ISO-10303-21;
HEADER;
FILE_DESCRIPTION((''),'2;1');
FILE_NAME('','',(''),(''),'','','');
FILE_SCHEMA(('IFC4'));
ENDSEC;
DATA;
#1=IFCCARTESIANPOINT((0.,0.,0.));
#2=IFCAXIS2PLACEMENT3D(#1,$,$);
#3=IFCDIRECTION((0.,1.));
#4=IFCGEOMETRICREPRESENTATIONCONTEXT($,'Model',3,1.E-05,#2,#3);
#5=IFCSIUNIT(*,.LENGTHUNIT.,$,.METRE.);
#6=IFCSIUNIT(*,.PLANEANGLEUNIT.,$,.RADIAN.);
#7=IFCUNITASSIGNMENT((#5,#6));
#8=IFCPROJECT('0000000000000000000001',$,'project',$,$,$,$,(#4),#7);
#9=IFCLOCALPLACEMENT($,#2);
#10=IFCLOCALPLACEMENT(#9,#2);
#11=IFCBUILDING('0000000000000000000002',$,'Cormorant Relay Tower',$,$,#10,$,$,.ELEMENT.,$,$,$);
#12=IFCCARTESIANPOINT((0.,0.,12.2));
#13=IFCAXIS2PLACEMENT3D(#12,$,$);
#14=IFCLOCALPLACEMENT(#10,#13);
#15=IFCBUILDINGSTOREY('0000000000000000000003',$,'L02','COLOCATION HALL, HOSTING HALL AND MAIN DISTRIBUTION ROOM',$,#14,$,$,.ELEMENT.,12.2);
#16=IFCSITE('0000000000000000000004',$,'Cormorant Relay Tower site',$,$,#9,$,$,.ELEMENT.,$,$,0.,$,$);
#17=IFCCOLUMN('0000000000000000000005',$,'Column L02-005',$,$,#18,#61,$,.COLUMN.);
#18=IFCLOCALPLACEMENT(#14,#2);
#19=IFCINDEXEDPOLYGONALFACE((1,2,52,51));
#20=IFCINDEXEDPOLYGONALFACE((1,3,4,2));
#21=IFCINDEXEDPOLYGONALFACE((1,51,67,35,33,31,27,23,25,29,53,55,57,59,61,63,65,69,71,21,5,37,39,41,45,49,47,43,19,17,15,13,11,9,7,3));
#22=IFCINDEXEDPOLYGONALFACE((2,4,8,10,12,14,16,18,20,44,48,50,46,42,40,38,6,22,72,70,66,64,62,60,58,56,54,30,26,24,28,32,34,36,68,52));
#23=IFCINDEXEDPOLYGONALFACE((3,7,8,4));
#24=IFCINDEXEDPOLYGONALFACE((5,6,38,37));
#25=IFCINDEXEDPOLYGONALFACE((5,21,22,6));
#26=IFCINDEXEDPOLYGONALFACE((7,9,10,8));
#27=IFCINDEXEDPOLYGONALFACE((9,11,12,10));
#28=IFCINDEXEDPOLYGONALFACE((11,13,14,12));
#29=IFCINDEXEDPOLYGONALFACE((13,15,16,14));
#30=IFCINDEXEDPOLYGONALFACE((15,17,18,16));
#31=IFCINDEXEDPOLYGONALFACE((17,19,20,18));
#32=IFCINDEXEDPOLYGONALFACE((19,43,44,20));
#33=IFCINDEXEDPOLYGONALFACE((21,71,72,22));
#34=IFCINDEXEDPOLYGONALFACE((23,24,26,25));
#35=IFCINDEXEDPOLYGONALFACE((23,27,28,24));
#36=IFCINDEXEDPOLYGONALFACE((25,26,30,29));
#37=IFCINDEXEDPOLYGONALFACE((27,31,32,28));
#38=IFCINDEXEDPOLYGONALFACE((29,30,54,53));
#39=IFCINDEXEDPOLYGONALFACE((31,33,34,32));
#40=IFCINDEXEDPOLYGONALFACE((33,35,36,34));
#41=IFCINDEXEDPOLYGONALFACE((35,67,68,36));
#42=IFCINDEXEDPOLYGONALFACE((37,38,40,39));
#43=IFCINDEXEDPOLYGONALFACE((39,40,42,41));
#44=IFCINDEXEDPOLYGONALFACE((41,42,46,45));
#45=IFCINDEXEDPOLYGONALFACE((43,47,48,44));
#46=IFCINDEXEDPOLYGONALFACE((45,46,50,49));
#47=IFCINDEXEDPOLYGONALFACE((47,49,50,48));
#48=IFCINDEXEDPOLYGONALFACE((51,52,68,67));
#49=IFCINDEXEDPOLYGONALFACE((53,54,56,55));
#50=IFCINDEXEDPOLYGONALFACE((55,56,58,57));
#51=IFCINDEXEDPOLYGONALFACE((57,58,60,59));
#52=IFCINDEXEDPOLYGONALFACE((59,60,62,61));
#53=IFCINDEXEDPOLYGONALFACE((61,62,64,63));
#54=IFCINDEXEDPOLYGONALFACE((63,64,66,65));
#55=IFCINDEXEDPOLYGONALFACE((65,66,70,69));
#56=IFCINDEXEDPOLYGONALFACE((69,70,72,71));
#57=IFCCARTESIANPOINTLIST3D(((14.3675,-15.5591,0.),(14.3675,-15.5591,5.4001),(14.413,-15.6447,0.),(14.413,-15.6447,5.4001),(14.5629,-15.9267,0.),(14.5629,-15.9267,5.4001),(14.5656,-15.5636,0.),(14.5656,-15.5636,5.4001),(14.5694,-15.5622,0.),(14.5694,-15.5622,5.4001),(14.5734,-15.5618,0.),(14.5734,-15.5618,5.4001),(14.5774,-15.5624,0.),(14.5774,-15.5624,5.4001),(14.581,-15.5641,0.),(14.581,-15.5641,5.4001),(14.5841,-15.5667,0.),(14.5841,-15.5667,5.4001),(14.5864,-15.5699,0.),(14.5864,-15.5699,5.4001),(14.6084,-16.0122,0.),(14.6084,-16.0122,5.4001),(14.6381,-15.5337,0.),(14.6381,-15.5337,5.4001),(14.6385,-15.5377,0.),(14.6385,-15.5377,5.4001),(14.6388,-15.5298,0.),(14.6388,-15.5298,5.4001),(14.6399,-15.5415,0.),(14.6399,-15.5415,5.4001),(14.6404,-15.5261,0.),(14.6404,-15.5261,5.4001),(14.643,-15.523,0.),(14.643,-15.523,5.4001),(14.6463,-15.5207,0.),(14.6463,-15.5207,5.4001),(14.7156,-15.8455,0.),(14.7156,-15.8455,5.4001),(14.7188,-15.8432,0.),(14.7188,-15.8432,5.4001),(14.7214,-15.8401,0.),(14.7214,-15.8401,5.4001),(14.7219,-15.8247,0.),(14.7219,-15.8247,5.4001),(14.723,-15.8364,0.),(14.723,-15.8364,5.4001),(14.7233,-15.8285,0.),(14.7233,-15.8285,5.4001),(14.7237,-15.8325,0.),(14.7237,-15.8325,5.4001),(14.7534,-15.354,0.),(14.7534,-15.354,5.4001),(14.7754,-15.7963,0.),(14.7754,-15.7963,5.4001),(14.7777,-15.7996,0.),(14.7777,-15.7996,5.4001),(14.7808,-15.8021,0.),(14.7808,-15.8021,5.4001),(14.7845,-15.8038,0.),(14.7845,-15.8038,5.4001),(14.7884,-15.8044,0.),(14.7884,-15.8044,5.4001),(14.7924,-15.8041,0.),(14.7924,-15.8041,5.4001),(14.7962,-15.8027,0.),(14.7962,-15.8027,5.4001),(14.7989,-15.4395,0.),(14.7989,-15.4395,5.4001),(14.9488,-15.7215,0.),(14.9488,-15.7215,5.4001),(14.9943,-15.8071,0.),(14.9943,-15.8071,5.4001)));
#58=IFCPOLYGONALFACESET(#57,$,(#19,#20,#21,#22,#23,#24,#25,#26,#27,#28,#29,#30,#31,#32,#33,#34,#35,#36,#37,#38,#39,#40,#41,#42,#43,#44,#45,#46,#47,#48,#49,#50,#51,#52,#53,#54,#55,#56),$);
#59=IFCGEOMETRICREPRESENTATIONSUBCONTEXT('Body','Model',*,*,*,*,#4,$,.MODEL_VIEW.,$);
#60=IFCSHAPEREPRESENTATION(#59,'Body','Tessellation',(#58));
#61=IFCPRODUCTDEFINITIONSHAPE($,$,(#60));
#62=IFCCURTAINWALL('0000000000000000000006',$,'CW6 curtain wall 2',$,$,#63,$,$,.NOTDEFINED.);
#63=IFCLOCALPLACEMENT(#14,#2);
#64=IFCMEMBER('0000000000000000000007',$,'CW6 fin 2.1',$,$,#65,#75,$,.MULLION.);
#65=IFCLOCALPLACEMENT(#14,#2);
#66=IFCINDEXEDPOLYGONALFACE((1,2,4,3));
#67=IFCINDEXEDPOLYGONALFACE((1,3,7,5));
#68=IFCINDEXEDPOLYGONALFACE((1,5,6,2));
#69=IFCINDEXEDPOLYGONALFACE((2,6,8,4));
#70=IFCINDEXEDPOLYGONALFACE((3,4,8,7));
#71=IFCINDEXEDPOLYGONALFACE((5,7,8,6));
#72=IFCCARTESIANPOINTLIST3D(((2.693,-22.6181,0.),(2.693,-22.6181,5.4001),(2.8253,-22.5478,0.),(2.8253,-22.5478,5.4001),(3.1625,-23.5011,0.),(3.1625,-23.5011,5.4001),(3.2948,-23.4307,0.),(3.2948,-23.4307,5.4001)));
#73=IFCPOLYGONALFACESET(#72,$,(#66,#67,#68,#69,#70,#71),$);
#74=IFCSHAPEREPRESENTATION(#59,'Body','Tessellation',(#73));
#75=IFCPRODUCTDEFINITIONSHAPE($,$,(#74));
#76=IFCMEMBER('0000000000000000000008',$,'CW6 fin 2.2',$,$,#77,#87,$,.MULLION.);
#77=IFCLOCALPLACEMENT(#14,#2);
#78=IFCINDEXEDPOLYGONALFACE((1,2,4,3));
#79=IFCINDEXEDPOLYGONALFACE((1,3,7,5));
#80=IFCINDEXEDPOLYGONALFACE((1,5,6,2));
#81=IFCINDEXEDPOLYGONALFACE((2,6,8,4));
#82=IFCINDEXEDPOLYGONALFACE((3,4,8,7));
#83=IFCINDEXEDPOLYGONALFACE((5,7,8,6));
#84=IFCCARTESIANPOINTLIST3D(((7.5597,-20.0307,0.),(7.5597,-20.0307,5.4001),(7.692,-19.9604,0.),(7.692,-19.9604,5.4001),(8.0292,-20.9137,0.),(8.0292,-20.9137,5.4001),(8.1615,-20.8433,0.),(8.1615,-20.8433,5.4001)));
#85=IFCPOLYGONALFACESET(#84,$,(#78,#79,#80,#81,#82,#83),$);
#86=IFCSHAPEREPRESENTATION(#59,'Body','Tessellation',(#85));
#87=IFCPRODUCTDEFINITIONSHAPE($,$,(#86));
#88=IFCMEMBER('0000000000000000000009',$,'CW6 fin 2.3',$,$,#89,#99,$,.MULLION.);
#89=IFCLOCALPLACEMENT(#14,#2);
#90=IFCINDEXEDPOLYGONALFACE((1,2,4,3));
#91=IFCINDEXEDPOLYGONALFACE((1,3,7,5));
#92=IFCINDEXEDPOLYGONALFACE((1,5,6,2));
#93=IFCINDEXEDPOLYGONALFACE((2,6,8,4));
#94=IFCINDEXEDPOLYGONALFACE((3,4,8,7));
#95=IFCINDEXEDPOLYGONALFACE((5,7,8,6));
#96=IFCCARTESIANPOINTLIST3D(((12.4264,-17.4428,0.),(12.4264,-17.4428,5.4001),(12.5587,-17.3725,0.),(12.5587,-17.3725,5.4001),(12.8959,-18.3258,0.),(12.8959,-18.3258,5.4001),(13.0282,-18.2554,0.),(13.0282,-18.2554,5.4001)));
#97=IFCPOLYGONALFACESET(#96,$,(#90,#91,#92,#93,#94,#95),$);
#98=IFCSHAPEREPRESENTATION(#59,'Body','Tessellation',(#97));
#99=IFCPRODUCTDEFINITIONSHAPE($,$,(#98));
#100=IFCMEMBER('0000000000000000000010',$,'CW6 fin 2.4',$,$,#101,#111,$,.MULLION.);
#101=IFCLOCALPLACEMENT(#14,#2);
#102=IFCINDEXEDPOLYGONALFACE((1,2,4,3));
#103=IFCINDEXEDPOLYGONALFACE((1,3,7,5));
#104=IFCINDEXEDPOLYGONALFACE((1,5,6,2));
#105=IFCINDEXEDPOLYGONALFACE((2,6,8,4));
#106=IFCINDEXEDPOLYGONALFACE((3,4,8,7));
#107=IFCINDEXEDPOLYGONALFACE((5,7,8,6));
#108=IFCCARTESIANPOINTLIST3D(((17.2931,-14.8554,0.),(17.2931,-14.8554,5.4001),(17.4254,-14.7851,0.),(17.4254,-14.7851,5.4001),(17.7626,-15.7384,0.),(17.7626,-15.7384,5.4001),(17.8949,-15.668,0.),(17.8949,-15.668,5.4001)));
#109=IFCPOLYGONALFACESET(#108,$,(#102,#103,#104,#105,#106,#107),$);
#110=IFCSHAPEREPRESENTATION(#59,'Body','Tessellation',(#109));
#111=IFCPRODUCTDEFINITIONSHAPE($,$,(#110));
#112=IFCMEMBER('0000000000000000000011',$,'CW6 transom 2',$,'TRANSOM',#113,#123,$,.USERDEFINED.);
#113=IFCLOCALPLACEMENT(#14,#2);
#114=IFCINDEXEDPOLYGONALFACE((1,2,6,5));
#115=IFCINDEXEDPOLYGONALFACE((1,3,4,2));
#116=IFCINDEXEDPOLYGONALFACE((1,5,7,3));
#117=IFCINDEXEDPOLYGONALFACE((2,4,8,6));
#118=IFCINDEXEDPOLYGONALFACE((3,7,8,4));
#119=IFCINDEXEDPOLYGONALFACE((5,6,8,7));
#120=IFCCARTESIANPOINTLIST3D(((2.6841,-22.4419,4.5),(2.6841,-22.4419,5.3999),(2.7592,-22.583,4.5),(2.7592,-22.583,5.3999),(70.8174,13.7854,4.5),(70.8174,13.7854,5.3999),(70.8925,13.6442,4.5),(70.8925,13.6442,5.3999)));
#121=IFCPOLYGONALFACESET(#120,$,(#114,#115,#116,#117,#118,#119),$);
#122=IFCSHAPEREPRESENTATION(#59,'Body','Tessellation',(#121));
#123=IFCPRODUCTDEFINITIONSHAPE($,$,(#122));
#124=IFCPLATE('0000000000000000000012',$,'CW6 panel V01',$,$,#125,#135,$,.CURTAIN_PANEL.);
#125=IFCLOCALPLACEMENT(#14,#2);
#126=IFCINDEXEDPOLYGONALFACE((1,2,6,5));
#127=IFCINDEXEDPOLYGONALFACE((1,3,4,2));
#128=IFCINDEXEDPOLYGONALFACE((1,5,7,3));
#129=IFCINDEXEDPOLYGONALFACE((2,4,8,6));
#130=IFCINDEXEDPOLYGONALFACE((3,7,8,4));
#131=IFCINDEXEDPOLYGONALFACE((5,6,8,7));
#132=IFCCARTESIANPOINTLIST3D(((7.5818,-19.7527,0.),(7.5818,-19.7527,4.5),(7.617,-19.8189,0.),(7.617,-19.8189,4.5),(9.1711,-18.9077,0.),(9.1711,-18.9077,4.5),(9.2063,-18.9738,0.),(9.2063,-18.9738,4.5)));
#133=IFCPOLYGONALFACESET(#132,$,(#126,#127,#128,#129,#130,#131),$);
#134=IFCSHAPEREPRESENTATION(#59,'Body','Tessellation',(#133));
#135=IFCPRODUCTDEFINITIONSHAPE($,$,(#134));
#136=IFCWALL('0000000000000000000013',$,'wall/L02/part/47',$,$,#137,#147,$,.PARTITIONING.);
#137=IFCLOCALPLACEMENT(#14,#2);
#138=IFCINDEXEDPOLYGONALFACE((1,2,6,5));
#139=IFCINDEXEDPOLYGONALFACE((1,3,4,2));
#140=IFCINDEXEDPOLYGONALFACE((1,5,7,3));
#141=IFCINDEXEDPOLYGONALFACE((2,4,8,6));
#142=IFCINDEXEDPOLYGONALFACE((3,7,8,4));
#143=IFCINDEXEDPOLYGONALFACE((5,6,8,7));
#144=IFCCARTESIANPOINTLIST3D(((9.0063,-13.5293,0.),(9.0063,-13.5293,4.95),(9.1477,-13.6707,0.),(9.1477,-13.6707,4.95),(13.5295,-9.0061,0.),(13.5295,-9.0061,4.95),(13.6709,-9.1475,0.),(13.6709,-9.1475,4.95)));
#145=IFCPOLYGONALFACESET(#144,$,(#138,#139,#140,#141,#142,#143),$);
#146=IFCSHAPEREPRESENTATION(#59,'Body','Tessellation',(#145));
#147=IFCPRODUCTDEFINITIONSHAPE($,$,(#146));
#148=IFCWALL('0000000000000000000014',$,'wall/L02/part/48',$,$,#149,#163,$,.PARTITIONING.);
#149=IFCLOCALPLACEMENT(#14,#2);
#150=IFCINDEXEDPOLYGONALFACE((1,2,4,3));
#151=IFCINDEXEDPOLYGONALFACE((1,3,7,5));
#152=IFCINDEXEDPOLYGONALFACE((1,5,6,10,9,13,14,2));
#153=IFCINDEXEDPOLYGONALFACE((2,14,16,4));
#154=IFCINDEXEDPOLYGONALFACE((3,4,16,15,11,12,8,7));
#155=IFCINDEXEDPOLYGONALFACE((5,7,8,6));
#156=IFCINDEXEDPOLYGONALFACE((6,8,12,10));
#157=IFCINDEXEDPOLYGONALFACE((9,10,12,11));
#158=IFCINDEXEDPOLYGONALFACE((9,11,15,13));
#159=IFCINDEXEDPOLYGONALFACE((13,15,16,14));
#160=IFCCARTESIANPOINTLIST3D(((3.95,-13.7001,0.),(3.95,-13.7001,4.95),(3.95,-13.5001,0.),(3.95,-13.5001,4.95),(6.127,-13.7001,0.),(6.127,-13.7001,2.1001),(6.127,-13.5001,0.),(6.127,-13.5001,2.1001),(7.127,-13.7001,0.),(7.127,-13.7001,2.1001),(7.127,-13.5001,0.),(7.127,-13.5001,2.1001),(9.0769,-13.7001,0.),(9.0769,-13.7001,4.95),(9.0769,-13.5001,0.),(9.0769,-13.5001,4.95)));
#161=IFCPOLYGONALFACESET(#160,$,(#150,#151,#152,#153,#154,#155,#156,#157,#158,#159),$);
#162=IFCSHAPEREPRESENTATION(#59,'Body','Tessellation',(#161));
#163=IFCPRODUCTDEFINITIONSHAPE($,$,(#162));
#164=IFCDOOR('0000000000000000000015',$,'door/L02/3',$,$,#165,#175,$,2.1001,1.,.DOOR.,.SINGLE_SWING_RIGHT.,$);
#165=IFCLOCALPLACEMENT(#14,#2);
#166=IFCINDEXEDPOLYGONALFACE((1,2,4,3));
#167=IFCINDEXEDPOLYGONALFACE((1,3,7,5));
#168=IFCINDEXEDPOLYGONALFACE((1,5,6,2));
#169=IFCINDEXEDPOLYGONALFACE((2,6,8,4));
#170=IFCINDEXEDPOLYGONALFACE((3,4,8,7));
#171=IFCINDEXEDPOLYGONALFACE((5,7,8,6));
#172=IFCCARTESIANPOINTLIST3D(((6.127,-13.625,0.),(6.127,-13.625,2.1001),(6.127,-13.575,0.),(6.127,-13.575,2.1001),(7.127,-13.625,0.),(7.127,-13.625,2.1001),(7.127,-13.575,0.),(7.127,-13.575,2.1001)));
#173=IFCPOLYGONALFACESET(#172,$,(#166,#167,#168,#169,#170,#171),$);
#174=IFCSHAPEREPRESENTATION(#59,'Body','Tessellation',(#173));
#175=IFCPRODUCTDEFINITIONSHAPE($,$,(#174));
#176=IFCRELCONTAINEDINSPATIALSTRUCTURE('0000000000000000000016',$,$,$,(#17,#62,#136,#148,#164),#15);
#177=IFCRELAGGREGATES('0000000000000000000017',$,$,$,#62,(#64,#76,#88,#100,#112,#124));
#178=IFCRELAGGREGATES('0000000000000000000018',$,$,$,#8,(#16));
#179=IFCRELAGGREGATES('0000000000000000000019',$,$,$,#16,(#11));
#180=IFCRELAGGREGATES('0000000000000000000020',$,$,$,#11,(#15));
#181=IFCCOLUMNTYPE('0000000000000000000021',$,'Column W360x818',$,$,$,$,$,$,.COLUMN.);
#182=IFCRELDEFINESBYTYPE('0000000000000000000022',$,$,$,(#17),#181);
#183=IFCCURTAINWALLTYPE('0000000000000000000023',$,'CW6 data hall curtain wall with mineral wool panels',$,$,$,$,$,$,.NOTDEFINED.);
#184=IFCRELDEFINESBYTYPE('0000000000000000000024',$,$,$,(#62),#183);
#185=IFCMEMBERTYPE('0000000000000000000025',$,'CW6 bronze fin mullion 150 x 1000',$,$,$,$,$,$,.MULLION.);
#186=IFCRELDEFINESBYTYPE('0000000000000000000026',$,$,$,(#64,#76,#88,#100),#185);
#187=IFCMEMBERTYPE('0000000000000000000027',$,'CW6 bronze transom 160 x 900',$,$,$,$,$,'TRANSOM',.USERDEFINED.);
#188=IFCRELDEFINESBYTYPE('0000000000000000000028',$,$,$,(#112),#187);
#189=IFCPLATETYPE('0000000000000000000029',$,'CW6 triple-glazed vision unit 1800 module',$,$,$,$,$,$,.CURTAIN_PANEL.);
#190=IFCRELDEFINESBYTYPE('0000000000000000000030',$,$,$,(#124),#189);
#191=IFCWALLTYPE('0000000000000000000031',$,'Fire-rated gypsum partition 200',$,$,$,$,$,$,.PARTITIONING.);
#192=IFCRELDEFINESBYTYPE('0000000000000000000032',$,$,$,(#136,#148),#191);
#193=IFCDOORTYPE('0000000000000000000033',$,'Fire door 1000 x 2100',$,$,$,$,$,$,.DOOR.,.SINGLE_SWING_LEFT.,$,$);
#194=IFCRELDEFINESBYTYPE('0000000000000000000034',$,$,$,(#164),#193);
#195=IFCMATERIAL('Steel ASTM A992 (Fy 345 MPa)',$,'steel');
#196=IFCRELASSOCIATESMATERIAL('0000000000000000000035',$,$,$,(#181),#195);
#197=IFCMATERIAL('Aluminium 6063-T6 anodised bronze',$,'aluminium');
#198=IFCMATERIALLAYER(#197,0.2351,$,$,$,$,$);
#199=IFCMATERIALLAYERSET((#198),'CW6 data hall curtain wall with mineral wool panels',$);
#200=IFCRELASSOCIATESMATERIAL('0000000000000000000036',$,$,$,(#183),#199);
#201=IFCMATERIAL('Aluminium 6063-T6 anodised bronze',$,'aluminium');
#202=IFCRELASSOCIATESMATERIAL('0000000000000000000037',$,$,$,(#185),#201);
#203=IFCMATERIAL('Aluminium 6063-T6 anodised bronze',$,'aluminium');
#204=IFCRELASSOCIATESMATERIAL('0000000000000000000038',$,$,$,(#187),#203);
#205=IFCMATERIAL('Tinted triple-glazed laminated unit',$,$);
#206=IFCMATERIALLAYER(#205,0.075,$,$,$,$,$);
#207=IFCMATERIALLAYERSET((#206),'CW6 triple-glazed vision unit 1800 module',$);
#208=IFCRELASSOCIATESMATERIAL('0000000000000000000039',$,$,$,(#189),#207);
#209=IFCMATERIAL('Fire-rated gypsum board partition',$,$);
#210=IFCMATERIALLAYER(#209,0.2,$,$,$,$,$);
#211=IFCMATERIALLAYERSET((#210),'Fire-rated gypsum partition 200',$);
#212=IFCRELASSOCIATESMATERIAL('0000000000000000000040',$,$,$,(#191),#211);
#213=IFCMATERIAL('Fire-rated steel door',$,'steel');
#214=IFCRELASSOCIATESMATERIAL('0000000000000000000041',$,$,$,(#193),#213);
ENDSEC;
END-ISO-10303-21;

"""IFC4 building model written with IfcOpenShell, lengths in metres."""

from ifc_helpers import new_model, si_unit, direction, frame, frame_2d, origin, origin_2d, place, context, subcontext, project, spatial, rectangle, i_section, extrude, material, layer, layer_set, material_profile, profile_set, type_object, element, fill, aggregate, save


model = new_model("IFC4")

# Units and contexts
model_context = context("Model", 3, precision=1e-05, world=origin(), true_north=direction((0.0, 1.0)))
body_context = subcontext(model_context, "Body", "Model", "MODEL_VIEW")
ifc_project = project(units=[si_unit("LENGTHUNIT", "METRE"), si_unit("PLANEANGLEUNIT", "RADIAN")], contexts=[model_context])

# Site, building, storey
site_placement = place(None, origin())
site = spatial("IfcSite", under=ifc_project, at=site_placement, Name="Cormorant Relay Tower site", CompositionType="ELEMENT", RefElevation=0.0)
building_placement = place(site_placement, origin())
building = spatial("IfcBuilding", under=site, at=building_placement, Name="Cormorant Relay Tower", CompositionType="ELEMENT")
storey_placement = place(building_placement, frame((0.0, 0.0, 12.2)))
storey = spatial("IfcBuildingStorey", under=building, at=storey_placement, Name="L02", Description="COLOCATION HALL, HOSTING HALL AND MAIN DISTRIBUTION ROOM", CompositionType="ELEMENT", Elevation=12.2)

# Column
ifc_material_1 = material(Name="Steel ASTM A992 (Fy 345 MPa)", Category="steel")
ifc_material_profile_1 = material_profile(ifc_material_1, i_section(OverallWidth=0.437, OverallDepth=0.5132, WebThickness=0.0605, FlangeThickness=0.0969, FilletRadius=0.0154, at=origin_2d()), Name="W360x818")
ifc_profile_set_1 = profile_set([ifc_material_profile_1], Name="Steel ASTM A992 (Fy 345 MPa)")
column_type_1 = type_object("IfcColumnType", Name="Column W360x818", PredefinedType="COLUMN", material=ifc_profile_set_1)
for number, where, z_axis, x_axis, name in (
    (1, (14.6809, -15.6831, 0.0), (0.0, 0.0, 1.0), (0.882948, 0.469472, 0.0), "Column L02-005"),
):
    element("IfcColumn", number, at=place(storey_placement, frame(where, z_axis=z_axis, x_axis=x_axis)), inside=storey, type_object=column_type_1, Name=name, PredefinedType="COLUMN", context=body_context, shape_type="SweptSolid", body=[
        extrude(i_section(OverallWidth=0.437, OverallDepth=0.5132, WebThickness=0.0605, FlangeThickness=0.0969, FilletRadius=0.0154, at=origin_2d()), origin(), (0.0, 0.0, 1.0), 5.4001),
    ])

# Curtain wall, members, plate
ifc_material_2 = material(Name="Aluminium 6063-T6 anodised bronze", Category="aluminium")
ifc_layer_1 = layer(ifc_material_2, 0.2351)
ifc_layer_set_1 = layer_set([ifc_layer_1], Name="CW6 data hall curtain wall with mineral wool panels")
curtain_wall_type = type_object("IfcCurtainWallType", Name="CW6 data hall curtain wall with mineral wool panels", PredefinedType="NOTDEFINED", material=ifc_layer_set_1)
curtain_wall_1_placement = place(storey_placement, origin())
curtain_wall_1 = element("IfcCurtainWall", 2, at=curtain_wall_1_placement, inside=storey, type_object=curtain_wall_type, Name="CW6 curtain wall 2", PredefinedType="NOTDEFINED")
ifc_material_3 = material(Name="Aluminium 6063-T6 anodised bronze", Category="aluminium")
ifc_material_profile_2 = material_profile(ifc_material_3, rectangle(XDim=0.1499, YDim=1.0, at=origin_2d()), Name="AL 150x1000")
ifc_profile_set_2 = profile_set([ifc_material_profile_2], Name="Aluminium 6063-T6 anodised bronze")
member_type_1 = type_object("IfcMemberType", Name="CW6 bronze fin mullion 150 x 1000", PredefinedType="MULLION", material=ifc_profile_set_2)
member_1_placement = place(storey_placement, frame((2.9939, -23.0244, 0.0), z_axis=(0.0, 0.0, 1.0), x_axis=(0.882948, 0.469472, 0.0)))
member_1 = element("IfcMember", 3, at=member_1_placement, type_object=member_type_1, Name="CW6 fin 2.1", PredefinedType="MULLION", context=body_context, shape_type="SweptSolid", body=[
    extrude(rectangle(XDim=0.1499, YDim=1.0, at=origin_2d()), origin(), (0.0, 0.0, 1.0), 5.4001),
])
member_2_placement = place(storey_placement, frame((7.8606, -20.437, 0.0), z_axis=(0.0, 0.0, 1.0), x_axis=(0.882948, 0.469472, 0.0)))
member_2 = element("IfcMember", 4, at=member_2_placement, type_object=member_type_1, Name="CW6 fin 2.2", PredefinedType="MULLION", context=body_context, shape_type="SweptSolid", body=[
    extrude(rectangle(XDim=0.1499, YDim=1.0, at=origin_2d()), origin(), (0.0, 0.0, 1.0), 5.4001),
])
member_3_placement = place(storey_placement, frame((12.7273, -17.8491, 0.0), z_axis=(0.0, 0.0, 1.0), x_axis=(0.882948, 0.469472, 0.0)))
member_3 = element("IfcMember", 5, at=member_3_placement, type_object=member_type_1, Name="CW6 fin 2.3", PredefinedType="MULLION", context=body_context, shape_type="SweptSolid", body=[
    extrude(rectangle(XDim=0.1499, YDim=1.0, at=origin_2d()), origin(), (0.0, 0.0, 1.0), 5.4001),
])
member_4_placement = place(storey_placement, frame((17.594, -15.2617, 0.0), z_axis=(0.0, 0.0, 1.0), x_axis=(0.882948, 0.469472, 0.0)))
member_4 = element("IfcMember", 6, at=member_4_placement, type_object=member_type_1, Name="CW6 fin 2.4", PredefinedType="MULLION", context=body_context, shape_type="SweptSolid", body=[
    extrude(rectangle(XDim=0.1499, YDim=1.0, at=origin_2d()), origin(), (0.0, 0.0, 1.0), 5.4001),
])
ifc_material_4 = material(Name="Aluminium 6063-T6 anodised bronze", Category="aluminium")
ifc_material_profile_3 = material_profile(ifc_material_4, rectangle(XDim=0.1599, YDim=0.8999, at=origin_2d()), Name="AL 160x900")
ifc_profile_set_3 = profile_set([ifc_material_profile_3], Name="Aluminium 6063-T6 anodised bronze")
member_type_2 = type_object("IfcMemberType", Name="CW6 bronze transom 160 x 900", ElementType="TRANSOM", PredefinedType="USERDEFINED", material=ifc_profile_set_3)
member_5_placement = place(storey_placement, frame((2.7217, -22.5125, 4.95), z_axis=(0.882947, 0.469473, 0.0), x_axis=(-0.469473, 0.882947, 0.0)))
member_5 = element("IfcMember", 7, at=member_5_placement, type_object=member_type_2, Name="CW6 transom 2", ObjectType="TRANSOM", PredefinedType="USERDEFINED", context=body_context, shape_type="SweptSolid", body=[
    extrude(rectangle(XDim=0.1599, YDim=0.8999, at=origin_2d()), origin(), (0.0, 0.0, 1.0), 77.1658),
])
ifc_material_5 = material(Name="Tinted triple-glazed laminated unit")
ifc_layer_2 = layer(ifc_material_5, 0.075)
ifc_layer_set_2 = layer_set([ifc_layer_2], Name="CW6 triple-glazed vision unit 1800 module")
plate_type = type_object("IfcPlateType", Name="CW6 triple-glazed vision unit 1800 module", PredefinedType="CURTAIN_PANEL", material=ifc_layer_set_2)
plate_placement = place(storey_placement, frame((8.394, -19.3633, 0.0), z_axis=(0.0, 0.0, 1.0), x_axis=(0.882948, 0.469472, 0.0)))
plate = element("IfcPlate", 8, at=plate_placement, type_object=plate_type, Name="CW6 panel V01", PredefinedType="CURTAIN_PANEL", context=body_context, shape_type="SweptSolid", body=[
    extrude(rectangle(XDim=1.8, YDim=0.075, at=origin_2d()), origin(), (0.0, 0.0, 1.0), 4.5),
])

# Wall
ifc_material_6 = material(Name="Fire-rated gypsum board partition")
ifc_layer_3 = layer(ifc_material_6, 0.2)
ifc_layer_set_3 = layer_set([ifc_layer_3], Name="Fire-rated gypsum partition 200")
wall_type_1 = type_object("IfcWallType", Name="Fire-rated gypsum partition 200", PredefinedType="PARTITIONING", material=ifc_layer_set_3)
wall_1_placement = place(storey_placement, frame((13.6001, -9.0769, 0.0), z_axis=(0.0, 0.0, 1.0), x_axis=(-0.707107, -0.707107, 0.0)))
element("IfcWall", 9, at=wall_1_placement, inside=storey, type_object=wall_type_1, Name="wall/L02/part/47", PredefinedType="PARTITIONING", context=body_context, shape_type="SweptSolid", body=[
    extrude(rectangle(XDim=6.3967, YDim=0.2, at=frame_2d((3.1982, 0.0))), origin(), (0.0, 0.0, 1.0), 4.95),
])

# Wall, opening, door
wall_2_placement = place(storey_placement, frame((9.0769, -13.6001, 0.0), z_axis=(0.0, 0.0, 1.0), x_axis=(-1.0, 0.0, 0.0)))
wall_2 = element("IfcWall", 10, at=wall_2_placement, inside=storey, type_object=wall_type_1, Name="wall/L02/part/48", PredefinedType="PARTITIONING", context=body_context, shape_type="SweptSolid", body=[
    extrude(rectangle(XDim=5.127, YDim=0.2, at=frame_2d((2.5635, 0.0))), origin(), (0.0, 0.0, 1.0), 4.95),
])
opening_placement = place(wall_2_placement, frame((1.95, 0.0, 0.0)))
opening = element("IfcOpeningElement", 11, at=opening_placement, cuts=wall_2, PredefinedType="OPENING", context=body_context, shape_type="SweptSolid", body=[
    extrude(rectangle(XDim=1.0, YDim=2.1001, at=frame_2d((0.5, 1.05))), frame((0.0, 0.1099, 0.0), z_axis=(0.0, -1.0, 0.0), x_axis=(1.0, 0.0, 0.0)), (0.0, 0.0, 1.0), 0.22),
])
ifc_material_7 = material(Name="Fire-rated steel door", Category="steel")
door_type = type_object("IfcDoorType", Name="Fire door 1000 x 2100", OperationType="SINGLE_SWING_LEFT", PredefinedType="DOOR", material=ifc_material_7)
door_placement = place(opening_placement, origin())
door = element("IfcDoor", 12, at=door_placement, inside=storey, type_object=door_type, Name="door/L02/3", OperationType="SINGLE_SWING_RIGHT", OverallHeight=2.1001, OverallWidth=1.0, PredefinedType="DOOR", context=body_context, shape_type="SweptSolid", body=[
    extrude(rectangle(XDim=1.0, YDim=2.1001, at=frame_2d((0.5, 1.05))), frame((0.0, 0.0249, 0.0), z_axis=(0.0, -1.0, 0.0), x_axis=(1.0, 0.0, 0.0)), (0.0, 0.0, 1.0), 0.05),
])
fill(opening, door)

aggregate(curtain_wall_1, [member_1, member_2, member_3, member_4, member_5, plate])

save(model, "model.ifc")
